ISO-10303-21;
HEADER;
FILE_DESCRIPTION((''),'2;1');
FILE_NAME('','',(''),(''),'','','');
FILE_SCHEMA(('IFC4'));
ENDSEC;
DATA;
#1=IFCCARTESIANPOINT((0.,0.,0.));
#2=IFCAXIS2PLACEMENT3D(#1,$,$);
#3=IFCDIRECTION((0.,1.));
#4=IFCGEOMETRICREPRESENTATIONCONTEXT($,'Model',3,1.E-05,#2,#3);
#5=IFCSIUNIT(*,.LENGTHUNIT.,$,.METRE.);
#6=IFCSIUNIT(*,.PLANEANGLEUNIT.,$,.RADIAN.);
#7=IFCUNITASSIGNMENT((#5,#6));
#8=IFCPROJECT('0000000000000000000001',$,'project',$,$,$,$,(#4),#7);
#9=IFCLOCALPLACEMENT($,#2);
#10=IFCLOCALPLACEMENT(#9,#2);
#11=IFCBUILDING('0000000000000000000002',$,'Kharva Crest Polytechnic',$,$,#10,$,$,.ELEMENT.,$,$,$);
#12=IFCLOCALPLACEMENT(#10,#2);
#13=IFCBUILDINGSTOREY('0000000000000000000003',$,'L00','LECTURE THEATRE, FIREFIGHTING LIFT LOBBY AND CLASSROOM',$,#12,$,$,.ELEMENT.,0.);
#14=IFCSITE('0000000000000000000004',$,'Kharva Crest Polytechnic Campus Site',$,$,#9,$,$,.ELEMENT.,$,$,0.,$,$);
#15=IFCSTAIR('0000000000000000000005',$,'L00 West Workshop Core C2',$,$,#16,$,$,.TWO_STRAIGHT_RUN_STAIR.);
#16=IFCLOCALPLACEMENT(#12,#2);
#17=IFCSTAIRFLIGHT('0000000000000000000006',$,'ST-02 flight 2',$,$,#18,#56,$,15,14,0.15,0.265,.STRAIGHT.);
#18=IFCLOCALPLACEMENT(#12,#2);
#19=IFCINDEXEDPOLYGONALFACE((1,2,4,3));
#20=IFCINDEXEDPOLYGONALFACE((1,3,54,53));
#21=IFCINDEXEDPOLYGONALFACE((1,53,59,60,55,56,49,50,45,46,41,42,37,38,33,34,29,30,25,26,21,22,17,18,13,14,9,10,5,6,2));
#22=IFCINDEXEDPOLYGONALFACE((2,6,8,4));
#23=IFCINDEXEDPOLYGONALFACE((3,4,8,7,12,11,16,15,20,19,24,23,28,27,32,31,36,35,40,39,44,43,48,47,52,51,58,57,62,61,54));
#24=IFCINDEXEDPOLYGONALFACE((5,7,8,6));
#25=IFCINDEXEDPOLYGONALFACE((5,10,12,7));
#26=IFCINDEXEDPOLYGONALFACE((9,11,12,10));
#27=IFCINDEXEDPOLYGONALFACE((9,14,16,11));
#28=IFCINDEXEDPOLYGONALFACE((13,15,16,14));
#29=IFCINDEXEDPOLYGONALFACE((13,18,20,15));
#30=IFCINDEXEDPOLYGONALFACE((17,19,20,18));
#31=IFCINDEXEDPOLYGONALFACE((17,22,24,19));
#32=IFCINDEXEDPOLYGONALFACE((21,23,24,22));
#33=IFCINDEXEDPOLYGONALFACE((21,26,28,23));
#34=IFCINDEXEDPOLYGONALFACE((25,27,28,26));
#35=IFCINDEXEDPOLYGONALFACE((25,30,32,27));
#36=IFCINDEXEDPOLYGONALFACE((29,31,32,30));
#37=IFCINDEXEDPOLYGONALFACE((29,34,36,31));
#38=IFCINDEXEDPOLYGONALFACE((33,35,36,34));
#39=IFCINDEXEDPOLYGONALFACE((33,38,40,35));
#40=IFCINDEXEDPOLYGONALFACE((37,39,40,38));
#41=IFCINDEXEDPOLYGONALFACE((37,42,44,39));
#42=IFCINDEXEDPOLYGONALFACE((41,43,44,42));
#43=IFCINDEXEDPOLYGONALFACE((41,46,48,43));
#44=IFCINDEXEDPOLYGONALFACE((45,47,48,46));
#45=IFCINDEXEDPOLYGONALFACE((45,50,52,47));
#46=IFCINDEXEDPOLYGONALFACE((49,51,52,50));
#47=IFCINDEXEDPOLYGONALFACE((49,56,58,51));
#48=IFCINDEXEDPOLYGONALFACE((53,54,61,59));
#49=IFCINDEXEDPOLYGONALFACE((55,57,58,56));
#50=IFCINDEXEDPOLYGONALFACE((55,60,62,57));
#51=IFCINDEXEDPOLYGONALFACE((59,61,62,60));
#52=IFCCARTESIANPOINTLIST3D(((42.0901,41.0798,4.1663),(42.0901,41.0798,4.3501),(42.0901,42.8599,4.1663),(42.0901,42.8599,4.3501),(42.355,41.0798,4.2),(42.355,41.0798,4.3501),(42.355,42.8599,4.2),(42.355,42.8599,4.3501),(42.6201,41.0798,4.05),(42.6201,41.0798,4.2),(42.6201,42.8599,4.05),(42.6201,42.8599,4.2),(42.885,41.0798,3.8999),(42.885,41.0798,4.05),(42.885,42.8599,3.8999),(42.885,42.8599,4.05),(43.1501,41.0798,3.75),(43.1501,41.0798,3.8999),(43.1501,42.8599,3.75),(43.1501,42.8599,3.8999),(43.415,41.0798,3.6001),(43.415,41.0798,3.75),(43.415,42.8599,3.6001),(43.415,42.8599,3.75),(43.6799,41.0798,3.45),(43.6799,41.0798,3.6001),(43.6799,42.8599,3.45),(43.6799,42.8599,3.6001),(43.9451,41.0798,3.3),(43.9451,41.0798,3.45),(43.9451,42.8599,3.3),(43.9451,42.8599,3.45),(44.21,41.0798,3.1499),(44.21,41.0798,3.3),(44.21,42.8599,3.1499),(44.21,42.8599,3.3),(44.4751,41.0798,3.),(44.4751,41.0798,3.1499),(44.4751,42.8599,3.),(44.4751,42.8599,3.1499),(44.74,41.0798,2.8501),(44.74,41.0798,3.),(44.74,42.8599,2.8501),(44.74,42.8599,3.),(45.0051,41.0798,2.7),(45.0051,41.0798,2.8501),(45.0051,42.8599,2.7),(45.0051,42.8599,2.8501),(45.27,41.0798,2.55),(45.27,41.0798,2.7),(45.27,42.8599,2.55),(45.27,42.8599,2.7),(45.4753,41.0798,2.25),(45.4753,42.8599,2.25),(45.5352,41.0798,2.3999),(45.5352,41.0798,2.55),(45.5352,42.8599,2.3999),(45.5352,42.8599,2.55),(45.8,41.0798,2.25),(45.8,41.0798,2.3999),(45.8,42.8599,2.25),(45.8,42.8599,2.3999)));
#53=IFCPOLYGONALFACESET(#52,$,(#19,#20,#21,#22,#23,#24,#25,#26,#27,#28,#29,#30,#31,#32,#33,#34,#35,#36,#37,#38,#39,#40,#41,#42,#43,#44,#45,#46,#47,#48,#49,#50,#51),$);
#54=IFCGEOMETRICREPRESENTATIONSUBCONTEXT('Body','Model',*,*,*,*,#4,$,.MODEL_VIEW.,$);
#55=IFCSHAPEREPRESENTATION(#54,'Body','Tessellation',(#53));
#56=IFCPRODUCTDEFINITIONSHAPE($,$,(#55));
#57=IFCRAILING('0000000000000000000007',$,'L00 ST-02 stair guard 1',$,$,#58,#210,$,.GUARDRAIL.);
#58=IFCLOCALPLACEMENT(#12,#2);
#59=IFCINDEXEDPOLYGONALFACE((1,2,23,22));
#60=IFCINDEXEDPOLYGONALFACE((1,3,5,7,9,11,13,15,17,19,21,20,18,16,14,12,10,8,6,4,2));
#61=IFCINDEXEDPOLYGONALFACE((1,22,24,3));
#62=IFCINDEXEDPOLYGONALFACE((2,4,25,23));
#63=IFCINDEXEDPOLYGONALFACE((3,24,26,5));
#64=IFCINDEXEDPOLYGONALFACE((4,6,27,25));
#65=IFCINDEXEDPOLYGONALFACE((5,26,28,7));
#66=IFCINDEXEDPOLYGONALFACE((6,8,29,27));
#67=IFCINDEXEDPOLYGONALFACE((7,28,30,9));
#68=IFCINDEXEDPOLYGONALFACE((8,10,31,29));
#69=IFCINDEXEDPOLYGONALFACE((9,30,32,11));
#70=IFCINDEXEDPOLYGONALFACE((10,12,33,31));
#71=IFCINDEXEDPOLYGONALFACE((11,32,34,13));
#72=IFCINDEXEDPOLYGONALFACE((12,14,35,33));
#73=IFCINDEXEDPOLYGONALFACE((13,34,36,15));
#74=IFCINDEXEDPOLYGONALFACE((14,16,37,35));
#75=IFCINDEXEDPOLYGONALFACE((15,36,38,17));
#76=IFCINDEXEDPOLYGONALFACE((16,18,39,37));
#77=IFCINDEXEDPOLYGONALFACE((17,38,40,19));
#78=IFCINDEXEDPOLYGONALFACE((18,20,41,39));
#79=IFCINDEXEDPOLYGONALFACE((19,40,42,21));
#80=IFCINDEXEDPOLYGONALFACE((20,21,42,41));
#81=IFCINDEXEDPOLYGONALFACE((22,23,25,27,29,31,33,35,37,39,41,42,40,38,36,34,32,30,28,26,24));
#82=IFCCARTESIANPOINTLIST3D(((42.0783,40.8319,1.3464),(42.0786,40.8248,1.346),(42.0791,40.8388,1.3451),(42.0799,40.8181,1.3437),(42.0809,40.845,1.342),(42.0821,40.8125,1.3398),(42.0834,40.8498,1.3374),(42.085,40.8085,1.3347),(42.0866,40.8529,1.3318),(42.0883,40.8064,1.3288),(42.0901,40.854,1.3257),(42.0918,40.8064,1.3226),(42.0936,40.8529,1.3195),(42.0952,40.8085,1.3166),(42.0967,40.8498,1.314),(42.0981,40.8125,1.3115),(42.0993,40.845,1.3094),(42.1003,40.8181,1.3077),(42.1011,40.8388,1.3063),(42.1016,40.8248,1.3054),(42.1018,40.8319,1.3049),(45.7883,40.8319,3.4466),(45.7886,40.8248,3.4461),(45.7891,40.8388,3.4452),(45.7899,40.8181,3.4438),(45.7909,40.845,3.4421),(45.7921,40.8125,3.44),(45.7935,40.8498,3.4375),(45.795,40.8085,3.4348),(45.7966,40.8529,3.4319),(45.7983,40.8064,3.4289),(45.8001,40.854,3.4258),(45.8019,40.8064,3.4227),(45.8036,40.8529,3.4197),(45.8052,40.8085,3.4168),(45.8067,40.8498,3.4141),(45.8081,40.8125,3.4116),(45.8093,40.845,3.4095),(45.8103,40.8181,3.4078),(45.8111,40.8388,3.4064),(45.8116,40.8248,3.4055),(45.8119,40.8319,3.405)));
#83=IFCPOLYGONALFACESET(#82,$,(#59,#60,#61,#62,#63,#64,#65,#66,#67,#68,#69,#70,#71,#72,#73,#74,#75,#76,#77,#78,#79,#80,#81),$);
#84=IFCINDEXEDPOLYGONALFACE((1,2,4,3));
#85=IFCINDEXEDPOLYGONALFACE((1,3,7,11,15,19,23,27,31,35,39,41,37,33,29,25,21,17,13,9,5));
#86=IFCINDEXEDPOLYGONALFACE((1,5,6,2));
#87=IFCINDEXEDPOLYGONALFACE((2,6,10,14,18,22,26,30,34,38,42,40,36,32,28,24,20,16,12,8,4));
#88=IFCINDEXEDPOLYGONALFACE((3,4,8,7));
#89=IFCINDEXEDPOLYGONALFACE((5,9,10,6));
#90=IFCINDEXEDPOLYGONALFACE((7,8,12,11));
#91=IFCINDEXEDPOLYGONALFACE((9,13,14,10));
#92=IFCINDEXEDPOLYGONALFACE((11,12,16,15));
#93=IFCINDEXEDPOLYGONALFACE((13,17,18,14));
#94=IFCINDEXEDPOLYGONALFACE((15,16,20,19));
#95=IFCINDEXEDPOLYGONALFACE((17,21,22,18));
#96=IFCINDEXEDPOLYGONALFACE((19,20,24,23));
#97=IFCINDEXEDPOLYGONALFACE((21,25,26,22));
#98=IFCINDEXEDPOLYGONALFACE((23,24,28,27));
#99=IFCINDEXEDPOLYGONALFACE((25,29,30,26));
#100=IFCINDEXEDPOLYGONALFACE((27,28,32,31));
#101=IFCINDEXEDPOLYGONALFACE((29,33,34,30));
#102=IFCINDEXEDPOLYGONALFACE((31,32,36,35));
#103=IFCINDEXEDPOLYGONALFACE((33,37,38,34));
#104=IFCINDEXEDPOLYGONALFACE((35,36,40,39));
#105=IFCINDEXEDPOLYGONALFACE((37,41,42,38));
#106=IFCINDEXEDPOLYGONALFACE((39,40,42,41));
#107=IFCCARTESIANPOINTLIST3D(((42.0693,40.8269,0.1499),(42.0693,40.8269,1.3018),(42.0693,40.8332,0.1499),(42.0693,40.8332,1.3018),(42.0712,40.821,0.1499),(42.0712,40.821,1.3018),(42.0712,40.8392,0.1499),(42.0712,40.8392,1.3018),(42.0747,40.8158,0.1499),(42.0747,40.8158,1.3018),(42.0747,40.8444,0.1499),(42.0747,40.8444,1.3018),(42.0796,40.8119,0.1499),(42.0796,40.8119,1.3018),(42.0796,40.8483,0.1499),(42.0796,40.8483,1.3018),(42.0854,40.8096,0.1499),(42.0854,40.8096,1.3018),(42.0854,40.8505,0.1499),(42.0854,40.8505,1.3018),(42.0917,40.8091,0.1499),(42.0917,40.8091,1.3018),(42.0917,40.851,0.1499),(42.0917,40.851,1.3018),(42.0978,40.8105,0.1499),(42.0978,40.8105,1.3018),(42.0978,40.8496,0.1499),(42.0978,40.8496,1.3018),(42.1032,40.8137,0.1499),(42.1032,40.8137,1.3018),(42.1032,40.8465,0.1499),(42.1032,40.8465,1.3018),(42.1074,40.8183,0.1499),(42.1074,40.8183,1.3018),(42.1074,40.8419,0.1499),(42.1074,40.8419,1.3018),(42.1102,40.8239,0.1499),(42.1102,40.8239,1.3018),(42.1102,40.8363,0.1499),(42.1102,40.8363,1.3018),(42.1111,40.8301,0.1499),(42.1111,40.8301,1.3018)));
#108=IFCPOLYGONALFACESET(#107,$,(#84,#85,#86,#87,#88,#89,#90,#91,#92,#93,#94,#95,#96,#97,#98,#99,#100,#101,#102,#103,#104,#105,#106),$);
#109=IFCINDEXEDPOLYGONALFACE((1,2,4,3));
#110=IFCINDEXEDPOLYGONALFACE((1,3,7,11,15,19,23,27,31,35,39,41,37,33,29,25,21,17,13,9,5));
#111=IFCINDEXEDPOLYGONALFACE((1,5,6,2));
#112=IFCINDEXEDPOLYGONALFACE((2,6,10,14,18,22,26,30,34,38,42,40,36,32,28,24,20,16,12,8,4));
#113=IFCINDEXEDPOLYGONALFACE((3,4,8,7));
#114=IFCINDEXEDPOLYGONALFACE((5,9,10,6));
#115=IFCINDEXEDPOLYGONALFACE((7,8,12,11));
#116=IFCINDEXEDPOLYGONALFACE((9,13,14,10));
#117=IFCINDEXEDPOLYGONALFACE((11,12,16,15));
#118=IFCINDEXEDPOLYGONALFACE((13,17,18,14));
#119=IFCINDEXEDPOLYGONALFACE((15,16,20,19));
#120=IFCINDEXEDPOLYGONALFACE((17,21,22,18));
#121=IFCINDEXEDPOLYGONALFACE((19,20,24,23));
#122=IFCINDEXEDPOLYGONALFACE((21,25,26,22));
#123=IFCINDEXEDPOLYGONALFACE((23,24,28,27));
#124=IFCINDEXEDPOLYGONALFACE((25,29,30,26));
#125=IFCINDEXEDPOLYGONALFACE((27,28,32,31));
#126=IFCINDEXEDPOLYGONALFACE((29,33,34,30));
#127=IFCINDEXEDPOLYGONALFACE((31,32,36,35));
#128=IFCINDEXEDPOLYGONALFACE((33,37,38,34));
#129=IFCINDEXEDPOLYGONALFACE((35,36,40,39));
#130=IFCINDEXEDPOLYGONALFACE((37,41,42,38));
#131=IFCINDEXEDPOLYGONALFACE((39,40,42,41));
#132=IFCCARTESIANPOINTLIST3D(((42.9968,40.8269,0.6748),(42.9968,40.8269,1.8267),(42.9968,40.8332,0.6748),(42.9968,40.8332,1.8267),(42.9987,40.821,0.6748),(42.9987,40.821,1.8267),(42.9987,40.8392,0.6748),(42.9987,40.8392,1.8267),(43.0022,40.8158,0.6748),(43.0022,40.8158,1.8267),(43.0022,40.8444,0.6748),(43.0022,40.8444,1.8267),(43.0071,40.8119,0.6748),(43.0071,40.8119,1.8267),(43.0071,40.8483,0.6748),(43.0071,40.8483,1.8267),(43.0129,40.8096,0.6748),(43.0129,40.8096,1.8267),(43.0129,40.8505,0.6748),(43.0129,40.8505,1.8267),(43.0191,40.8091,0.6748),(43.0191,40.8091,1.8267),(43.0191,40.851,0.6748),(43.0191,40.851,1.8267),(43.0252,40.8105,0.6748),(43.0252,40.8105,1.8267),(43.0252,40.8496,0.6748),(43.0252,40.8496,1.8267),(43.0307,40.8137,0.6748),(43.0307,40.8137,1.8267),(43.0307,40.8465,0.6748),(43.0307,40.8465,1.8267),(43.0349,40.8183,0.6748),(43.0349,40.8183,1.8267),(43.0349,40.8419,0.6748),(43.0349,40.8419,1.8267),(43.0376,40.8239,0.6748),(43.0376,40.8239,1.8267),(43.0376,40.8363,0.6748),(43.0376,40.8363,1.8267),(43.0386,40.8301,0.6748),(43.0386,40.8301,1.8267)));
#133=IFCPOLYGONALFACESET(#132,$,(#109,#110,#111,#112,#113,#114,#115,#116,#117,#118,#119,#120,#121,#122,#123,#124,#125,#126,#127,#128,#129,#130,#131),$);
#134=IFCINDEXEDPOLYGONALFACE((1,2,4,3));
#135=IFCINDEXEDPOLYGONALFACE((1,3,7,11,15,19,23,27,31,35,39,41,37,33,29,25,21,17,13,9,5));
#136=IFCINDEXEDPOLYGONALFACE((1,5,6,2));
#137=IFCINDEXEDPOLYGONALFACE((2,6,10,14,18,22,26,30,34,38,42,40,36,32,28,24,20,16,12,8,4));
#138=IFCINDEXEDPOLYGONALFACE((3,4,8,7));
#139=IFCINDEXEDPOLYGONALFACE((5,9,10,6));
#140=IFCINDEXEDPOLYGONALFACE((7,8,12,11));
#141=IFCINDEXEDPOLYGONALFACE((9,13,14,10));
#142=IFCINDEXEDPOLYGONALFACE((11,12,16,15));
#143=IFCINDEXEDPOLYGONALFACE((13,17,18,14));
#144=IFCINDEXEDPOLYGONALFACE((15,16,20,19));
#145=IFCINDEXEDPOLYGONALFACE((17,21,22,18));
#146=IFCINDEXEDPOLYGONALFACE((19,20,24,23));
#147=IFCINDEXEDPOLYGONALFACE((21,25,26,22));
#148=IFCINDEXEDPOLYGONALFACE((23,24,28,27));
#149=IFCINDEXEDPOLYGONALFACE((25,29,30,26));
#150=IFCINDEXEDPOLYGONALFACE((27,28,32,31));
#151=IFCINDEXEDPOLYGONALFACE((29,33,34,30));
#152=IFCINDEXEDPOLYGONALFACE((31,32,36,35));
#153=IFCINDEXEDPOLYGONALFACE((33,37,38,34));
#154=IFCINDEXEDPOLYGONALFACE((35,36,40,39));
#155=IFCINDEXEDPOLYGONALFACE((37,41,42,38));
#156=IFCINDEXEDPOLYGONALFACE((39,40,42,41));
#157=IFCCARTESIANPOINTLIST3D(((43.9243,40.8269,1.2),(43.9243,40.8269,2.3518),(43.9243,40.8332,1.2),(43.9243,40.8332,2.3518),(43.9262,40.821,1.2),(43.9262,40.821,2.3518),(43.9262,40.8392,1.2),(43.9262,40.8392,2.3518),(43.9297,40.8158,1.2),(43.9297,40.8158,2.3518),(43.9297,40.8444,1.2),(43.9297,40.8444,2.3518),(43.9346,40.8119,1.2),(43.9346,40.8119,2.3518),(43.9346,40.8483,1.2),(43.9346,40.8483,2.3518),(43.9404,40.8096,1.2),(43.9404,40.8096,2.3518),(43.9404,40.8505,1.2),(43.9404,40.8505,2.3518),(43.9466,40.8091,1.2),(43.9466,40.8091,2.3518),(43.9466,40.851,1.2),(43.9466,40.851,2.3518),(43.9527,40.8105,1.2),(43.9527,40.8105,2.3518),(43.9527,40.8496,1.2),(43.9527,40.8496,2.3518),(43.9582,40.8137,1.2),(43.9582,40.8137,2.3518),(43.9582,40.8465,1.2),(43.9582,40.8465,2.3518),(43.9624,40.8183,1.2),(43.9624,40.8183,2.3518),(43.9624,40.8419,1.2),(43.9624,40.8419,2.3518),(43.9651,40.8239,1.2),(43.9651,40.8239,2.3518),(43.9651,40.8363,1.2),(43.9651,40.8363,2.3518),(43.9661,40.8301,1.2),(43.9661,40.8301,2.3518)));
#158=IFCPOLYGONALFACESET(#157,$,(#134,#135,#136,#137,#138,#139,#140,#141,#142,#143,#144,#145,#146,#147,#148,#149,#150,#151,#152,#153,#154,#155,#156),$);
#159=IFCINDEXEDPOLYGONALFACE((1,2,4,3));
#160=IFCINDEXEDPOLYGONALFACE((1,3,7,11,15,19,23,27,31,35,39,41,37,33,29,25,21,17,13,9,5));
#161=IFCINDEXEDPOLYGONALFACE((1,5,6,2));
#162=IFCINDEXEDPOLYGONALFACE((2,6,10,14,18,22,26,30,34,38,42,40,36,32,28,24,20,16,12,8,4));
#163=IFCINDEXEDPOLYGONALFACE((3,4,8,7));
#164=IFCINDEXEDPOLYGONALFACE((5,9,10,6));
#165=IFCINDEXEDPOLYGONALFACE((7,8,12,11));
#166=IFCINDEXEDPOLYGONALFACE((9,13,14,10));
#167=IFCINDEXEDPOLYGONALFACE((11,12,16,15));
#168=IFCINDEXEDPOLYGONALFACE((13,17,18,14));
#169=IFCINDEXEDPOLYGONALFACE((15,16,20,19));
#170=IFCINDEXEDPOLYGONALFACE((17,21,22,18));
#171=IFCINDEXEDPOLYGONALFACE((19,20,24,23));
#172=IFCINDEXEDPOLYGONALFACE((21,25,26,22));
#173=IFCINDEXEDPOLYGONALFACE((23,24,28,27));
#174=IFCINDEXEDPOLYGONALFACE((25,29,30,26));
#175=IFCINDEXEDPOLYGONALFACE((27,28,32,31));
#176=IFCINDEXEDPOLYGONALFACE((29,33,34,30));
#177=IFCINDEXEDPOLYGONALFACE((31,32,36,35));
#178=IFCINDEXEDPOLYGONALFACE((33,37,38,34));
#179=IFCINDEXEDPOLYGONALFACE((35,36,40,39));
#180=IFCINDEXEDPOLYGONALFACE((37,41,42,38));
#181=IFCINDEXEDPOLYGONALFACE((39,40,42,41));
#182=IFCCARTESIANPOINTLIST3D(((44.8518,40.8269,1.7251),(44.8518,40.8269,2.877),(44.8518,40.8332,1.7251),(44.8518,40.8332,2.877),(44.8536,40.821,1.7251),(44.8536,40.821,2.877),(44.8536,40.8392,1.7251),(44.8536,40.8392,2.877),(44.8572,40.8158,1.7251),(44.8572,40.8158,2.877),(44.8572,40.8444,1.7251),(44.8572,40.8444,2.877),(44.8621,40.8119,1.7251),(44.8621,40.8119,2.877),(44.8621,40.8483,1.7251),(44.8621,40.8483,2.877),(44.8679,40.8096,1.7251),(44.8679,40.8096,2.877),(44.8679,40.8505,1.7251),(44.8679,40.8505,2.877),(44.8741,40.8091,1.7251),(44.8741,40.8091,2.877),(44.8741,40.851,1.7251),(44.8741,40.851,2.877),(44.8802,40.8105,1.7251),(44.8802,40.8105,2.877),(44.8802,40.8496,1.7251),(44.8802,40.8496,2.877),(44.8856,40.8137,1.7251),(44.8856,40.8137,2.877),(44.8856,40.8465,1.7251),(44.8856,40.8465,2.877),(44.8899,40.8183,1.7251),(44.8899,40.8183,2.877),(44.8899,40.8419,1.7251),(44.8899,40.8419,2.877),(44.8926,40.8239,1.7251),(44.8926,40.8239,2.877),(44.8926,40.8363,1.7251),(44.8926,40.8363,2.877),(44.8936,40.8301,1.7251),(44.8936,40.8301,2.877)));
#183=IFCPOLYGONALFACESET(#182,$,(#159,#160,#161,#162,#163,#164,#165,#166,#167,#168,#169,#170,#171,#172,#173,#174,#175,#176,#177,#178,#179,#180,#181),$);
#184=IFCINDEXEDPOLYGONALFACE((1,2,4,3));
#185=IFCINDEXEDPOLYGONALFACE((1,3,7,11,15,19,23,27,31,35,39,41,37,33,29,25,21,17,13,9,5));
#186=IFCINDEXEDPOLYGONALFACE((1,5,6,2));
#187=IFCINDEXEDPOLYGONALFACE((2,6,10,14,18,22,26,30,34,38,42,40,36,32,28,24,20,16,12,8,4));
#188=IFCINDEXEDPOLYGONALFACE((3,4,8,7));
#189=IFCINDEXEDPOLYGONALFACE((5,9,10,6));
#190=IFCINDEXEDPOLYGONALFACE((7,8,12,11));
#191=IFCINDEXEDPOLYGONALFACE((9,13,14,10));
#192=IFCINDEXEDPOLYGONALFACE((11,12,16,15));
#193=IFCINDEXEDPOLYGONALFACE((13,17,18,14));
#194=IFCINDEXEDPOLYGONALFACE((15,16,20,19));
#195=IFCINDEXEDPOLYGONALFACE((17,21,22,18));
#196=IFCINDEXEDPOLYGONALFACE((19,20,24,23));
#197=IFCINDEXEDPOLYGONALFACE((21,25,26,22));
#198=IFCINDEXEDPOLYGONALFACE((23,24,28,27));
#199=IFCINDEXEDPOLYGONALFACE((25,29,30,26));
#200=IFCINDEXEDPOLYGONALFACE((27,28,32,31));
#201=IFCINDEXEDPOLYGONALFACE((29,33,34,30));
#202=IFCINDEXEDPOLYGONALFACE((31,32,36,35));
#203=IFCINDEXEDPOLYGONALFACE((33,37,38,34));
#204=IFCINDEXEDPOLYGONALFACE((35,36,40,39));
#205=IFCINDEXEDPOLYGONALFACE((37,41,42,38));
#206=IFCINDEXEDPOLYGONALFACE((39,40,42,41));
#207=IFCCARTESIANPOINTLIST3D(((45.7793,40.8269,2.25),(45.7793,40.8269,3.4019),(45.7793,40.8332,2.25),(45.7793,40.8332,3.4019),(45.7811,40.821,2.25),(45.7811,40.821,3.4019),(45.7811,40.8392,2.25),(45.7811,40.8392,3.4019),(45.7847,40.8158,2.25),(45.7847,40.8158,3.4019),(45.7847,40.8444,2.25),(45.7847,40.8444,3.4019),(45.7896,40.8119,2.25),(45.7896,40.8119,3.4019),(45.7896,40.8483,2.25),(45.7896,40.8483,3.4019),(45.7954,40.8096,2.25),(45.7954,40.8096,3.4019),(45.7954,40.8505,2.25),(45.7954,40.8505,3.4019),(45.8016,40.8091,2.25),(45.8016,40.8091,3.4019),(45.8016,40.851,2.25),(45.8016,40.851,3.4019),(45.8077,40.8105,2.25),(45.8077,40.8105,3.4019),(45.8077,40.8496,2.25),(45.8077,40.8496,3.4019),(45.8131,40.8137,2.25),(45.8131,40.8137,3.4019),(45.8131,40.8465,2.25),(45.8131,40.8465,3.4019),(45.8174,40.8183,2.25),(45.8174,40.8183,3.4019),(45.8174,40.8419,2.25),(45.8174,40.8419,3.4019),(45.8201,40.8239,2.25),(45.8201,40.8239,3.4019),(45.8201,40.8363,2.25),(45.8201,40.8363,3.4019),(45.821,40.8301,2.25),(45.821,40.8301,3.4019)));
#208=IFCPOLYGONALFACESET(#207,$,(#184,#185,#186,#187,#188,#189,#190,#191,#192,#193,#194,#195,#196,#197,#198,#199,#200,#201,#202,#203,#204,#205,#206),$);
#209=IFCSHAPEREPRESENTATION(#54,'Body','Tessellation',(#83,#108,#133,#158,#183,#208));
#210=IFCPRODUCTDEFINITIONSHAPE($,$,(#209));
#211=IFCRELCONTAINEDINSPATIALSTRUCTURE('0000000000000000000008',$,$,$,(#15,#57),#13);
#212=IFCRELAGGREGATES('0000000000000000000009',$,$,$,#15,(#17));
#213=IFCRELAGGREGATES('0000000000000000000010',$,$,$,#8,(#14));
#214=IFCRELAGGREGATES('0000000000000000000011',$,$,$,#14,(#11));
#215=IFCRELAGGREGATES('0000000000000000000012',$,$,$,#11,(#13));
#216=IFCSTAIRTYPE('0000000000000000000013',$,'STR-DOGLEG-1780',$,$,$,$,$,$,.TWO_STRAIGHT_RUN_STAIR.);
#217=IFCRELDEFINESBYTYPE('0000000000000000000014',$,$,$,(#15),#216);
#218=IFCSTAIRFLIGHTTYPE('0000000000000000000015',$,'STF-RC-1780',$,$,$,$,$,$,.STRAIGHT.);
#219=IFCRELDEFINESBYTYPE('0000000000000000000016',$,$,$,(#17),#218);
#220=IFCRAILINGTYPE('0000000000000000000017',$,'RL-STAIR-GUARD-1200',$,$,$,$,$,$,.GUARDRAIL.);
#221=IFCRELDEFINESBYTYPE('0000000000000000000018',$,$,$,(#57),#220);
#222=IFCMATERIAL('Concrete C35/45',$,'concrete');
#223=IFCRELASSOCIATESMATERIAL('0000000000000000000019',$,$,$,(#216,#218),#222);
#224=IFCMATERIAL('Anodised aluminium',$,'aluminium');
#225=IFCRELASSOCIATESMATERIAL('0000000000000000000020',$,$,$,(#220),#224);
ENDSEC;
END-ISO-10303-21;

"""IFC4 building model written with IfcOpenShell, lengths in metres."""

from ifc_helpers import new_model, si_unit, direction, frame, origin, origin_2d, place, context, subcontext, project, spatial, polyline, circle, outline, extrude, material, type_object, element, aggregate, save


model = new_model("IFC4")

# Units and contexts
model_context = context("Model", 3, precision=1e-05, world=origin(), true_north=direction((0.0, 1.0)))
body_context = subcontext(model_context, "Body", "Model", "MODEL_VIEW")
ifc_project = project(units=[si_unit("LENGTHUNIT", "METRE"), si_unit("PLANEANGLEUNIT", "RADIAN")], contexts=[model_context])

# Site, building, storey
site_placement = place(None, origin())
site = spatial("IfcSite", under=ifc_project, at=site_placement, Name="Kharva Crest Polytechnic Campus Site", CompositionType="ELEMENT", RefElevation=0.0)
building_placement = place(site_placement, origin())
building = spatial("IfcBuilding", under=site, at=building_placement, Name="Kharva Crest Polytechnic", CompositionType="ELEMENT")
storey_placement = place(building_placement, origin())
storey = spatial("IfcBuildingStorey", under=building, at=storey_placement, Name="L00", Description="LECTURE THEATRE, FIREFIGHTING LIFT LOBBY AND CLASSROOM", CompositionType="ELEMENT", Elevation=0.0)

# Shared definitions
ifc_material_1 = material(Name="Concrete C35/45", Category="concrete")

# Shared definitions
ifc_material_2 = material(Name="Anodised aluminium", Category="aluminium")

# Stair, stair flight
stair_type = type_object("IfcStairType", Name="STR-DOGLEG-1780", PredefinedType="TWO_STRAIGHT_RUN_STAIR", material=ifc_material_1)
stair_placement = place(storey_placement, origin())
stair = element("IfcStair", 1, at=stair_placement, inside=storey, type_object=stair_type, Name="L00 West Workshop Core C2", PredefinedType="TWO_STRAIGHT_RUN_STAIR")
stair_flight_type = type_object("IfcStairFlightType", Name="STF-RC-1780", PredefinedType="STRAIGHT", material=ifc_material_1)
stair_flight_1_placement = place(storey_placement, frame((45.8, 41.97, 2.25), z_axis=(0.0, 0.0, 1.0), x_axis=(-1.0, 0.0, 0.0)))
stair_flight_1 = element("IfcStairFlight", 2, at=stair_flight_1_placement, type_object=stair_flight_type, Name="ST-02 flight 2", NumberOfRisers=15, NumberOfTreads=14, PredefinedType="STRAIGHT", RiserHeight=0.15, TreadLength=0.265, context=body_context, shape_type="SweptSolid", body=[
    extrude(outline(polyline([(0.0, 0.0), (0.0, 0.1499), (0.2649, 0.1499), (0.2649, 0.3), (0.53, 0.3), (0.53, 0.45), (0.7949, 0.45), (0.7949, 0.6001), (1.0601, 0.6001), (1.0601, 0.75), (1.325, 0.75), (1.325, 0.8999), (1.5901, 0.8999), (1.5901, 1.05), (1.855, 1.05), (1.855, 1.2), (2.1201, 1.2), (2.1201, 1.3501), (2.385, 1.3501), (2.385, 1.5), (2.6499, 1.5), (2.6499, 1.6499), (2.915, 1.6499), (2.915, 1.8), (3.1799, 1.8), (3.1799, 1.95), (3.4451, 1.95), (3.4451, 2.1001), (3.71, 2.1001), (3.71, 2.25), (3.71, 1.9163), (0.3247, 0.0), (0.0, 0.0)])), frame((0.0, 0.8901, 0.0), z_axis=(0.0, -1.0, 0.0), x_axis=(1.0, 0.0, 0.0)), (0.0, 0.0, 1.0), 1.78),
])
aggregate(stair, [stair_flight_1])

# Railing
railing_type_1 = type_object("IfcRailingType", Name="RL-STAIR-GUARD-1200", PredefinedType="GUARDRAIL", material=ifc_material_2)
railing_1_placement = place(storey_placement, frame((42.0901, 40.8301, 0.1499)))
element("IfcRailing", 3, at=railing_1_placement, inside=storey, type_object=railing_type_1, Name="L00 ST-02 stair guard 1", PredefinedType="GUARDRAIL", context=body_context, shape_type="SweptSolid", body=[
    extrude(circle(Radius=0.0239, at=origin_2d()), frame((0.0, 0.0, 1.1758), z_axis=(0.870245, 0.0, 0.492619), x_axis=(0.0, 1.0, 0.0)), (0.0, 0.0, 1.0), 4.2632),
    extrude(circle(Radius=0.021, at=origin_2d()), origin(), (0.0, 0.0, 1.0), 1.1519),
    extrude(circle(Radius=0.021, at=origin_2d()), frame((0.9275, 0.0, 0.5249)), (0.0, 0.0, 1.0), 1.1519),
    extrude(circle(Radius=0.021, at=origin_2d()), frame((1.855, 0.0, 1.05)), (0.0, 0.0, 1.0), 1.1519),
    extrude(circle(Radius=0.021, at=origin_2d()), frame((2.7825, 0.0, 1.5752)), (0.0, 0.0, 1.0), 1.1519),
    extrude(circle(Radius=0.021, at=origin_2d()), frame((3.71, 0.0, 2.1001)), (0.0, 0.0, 1.0), 1.1519),
])

save(model, "model.ifc")
